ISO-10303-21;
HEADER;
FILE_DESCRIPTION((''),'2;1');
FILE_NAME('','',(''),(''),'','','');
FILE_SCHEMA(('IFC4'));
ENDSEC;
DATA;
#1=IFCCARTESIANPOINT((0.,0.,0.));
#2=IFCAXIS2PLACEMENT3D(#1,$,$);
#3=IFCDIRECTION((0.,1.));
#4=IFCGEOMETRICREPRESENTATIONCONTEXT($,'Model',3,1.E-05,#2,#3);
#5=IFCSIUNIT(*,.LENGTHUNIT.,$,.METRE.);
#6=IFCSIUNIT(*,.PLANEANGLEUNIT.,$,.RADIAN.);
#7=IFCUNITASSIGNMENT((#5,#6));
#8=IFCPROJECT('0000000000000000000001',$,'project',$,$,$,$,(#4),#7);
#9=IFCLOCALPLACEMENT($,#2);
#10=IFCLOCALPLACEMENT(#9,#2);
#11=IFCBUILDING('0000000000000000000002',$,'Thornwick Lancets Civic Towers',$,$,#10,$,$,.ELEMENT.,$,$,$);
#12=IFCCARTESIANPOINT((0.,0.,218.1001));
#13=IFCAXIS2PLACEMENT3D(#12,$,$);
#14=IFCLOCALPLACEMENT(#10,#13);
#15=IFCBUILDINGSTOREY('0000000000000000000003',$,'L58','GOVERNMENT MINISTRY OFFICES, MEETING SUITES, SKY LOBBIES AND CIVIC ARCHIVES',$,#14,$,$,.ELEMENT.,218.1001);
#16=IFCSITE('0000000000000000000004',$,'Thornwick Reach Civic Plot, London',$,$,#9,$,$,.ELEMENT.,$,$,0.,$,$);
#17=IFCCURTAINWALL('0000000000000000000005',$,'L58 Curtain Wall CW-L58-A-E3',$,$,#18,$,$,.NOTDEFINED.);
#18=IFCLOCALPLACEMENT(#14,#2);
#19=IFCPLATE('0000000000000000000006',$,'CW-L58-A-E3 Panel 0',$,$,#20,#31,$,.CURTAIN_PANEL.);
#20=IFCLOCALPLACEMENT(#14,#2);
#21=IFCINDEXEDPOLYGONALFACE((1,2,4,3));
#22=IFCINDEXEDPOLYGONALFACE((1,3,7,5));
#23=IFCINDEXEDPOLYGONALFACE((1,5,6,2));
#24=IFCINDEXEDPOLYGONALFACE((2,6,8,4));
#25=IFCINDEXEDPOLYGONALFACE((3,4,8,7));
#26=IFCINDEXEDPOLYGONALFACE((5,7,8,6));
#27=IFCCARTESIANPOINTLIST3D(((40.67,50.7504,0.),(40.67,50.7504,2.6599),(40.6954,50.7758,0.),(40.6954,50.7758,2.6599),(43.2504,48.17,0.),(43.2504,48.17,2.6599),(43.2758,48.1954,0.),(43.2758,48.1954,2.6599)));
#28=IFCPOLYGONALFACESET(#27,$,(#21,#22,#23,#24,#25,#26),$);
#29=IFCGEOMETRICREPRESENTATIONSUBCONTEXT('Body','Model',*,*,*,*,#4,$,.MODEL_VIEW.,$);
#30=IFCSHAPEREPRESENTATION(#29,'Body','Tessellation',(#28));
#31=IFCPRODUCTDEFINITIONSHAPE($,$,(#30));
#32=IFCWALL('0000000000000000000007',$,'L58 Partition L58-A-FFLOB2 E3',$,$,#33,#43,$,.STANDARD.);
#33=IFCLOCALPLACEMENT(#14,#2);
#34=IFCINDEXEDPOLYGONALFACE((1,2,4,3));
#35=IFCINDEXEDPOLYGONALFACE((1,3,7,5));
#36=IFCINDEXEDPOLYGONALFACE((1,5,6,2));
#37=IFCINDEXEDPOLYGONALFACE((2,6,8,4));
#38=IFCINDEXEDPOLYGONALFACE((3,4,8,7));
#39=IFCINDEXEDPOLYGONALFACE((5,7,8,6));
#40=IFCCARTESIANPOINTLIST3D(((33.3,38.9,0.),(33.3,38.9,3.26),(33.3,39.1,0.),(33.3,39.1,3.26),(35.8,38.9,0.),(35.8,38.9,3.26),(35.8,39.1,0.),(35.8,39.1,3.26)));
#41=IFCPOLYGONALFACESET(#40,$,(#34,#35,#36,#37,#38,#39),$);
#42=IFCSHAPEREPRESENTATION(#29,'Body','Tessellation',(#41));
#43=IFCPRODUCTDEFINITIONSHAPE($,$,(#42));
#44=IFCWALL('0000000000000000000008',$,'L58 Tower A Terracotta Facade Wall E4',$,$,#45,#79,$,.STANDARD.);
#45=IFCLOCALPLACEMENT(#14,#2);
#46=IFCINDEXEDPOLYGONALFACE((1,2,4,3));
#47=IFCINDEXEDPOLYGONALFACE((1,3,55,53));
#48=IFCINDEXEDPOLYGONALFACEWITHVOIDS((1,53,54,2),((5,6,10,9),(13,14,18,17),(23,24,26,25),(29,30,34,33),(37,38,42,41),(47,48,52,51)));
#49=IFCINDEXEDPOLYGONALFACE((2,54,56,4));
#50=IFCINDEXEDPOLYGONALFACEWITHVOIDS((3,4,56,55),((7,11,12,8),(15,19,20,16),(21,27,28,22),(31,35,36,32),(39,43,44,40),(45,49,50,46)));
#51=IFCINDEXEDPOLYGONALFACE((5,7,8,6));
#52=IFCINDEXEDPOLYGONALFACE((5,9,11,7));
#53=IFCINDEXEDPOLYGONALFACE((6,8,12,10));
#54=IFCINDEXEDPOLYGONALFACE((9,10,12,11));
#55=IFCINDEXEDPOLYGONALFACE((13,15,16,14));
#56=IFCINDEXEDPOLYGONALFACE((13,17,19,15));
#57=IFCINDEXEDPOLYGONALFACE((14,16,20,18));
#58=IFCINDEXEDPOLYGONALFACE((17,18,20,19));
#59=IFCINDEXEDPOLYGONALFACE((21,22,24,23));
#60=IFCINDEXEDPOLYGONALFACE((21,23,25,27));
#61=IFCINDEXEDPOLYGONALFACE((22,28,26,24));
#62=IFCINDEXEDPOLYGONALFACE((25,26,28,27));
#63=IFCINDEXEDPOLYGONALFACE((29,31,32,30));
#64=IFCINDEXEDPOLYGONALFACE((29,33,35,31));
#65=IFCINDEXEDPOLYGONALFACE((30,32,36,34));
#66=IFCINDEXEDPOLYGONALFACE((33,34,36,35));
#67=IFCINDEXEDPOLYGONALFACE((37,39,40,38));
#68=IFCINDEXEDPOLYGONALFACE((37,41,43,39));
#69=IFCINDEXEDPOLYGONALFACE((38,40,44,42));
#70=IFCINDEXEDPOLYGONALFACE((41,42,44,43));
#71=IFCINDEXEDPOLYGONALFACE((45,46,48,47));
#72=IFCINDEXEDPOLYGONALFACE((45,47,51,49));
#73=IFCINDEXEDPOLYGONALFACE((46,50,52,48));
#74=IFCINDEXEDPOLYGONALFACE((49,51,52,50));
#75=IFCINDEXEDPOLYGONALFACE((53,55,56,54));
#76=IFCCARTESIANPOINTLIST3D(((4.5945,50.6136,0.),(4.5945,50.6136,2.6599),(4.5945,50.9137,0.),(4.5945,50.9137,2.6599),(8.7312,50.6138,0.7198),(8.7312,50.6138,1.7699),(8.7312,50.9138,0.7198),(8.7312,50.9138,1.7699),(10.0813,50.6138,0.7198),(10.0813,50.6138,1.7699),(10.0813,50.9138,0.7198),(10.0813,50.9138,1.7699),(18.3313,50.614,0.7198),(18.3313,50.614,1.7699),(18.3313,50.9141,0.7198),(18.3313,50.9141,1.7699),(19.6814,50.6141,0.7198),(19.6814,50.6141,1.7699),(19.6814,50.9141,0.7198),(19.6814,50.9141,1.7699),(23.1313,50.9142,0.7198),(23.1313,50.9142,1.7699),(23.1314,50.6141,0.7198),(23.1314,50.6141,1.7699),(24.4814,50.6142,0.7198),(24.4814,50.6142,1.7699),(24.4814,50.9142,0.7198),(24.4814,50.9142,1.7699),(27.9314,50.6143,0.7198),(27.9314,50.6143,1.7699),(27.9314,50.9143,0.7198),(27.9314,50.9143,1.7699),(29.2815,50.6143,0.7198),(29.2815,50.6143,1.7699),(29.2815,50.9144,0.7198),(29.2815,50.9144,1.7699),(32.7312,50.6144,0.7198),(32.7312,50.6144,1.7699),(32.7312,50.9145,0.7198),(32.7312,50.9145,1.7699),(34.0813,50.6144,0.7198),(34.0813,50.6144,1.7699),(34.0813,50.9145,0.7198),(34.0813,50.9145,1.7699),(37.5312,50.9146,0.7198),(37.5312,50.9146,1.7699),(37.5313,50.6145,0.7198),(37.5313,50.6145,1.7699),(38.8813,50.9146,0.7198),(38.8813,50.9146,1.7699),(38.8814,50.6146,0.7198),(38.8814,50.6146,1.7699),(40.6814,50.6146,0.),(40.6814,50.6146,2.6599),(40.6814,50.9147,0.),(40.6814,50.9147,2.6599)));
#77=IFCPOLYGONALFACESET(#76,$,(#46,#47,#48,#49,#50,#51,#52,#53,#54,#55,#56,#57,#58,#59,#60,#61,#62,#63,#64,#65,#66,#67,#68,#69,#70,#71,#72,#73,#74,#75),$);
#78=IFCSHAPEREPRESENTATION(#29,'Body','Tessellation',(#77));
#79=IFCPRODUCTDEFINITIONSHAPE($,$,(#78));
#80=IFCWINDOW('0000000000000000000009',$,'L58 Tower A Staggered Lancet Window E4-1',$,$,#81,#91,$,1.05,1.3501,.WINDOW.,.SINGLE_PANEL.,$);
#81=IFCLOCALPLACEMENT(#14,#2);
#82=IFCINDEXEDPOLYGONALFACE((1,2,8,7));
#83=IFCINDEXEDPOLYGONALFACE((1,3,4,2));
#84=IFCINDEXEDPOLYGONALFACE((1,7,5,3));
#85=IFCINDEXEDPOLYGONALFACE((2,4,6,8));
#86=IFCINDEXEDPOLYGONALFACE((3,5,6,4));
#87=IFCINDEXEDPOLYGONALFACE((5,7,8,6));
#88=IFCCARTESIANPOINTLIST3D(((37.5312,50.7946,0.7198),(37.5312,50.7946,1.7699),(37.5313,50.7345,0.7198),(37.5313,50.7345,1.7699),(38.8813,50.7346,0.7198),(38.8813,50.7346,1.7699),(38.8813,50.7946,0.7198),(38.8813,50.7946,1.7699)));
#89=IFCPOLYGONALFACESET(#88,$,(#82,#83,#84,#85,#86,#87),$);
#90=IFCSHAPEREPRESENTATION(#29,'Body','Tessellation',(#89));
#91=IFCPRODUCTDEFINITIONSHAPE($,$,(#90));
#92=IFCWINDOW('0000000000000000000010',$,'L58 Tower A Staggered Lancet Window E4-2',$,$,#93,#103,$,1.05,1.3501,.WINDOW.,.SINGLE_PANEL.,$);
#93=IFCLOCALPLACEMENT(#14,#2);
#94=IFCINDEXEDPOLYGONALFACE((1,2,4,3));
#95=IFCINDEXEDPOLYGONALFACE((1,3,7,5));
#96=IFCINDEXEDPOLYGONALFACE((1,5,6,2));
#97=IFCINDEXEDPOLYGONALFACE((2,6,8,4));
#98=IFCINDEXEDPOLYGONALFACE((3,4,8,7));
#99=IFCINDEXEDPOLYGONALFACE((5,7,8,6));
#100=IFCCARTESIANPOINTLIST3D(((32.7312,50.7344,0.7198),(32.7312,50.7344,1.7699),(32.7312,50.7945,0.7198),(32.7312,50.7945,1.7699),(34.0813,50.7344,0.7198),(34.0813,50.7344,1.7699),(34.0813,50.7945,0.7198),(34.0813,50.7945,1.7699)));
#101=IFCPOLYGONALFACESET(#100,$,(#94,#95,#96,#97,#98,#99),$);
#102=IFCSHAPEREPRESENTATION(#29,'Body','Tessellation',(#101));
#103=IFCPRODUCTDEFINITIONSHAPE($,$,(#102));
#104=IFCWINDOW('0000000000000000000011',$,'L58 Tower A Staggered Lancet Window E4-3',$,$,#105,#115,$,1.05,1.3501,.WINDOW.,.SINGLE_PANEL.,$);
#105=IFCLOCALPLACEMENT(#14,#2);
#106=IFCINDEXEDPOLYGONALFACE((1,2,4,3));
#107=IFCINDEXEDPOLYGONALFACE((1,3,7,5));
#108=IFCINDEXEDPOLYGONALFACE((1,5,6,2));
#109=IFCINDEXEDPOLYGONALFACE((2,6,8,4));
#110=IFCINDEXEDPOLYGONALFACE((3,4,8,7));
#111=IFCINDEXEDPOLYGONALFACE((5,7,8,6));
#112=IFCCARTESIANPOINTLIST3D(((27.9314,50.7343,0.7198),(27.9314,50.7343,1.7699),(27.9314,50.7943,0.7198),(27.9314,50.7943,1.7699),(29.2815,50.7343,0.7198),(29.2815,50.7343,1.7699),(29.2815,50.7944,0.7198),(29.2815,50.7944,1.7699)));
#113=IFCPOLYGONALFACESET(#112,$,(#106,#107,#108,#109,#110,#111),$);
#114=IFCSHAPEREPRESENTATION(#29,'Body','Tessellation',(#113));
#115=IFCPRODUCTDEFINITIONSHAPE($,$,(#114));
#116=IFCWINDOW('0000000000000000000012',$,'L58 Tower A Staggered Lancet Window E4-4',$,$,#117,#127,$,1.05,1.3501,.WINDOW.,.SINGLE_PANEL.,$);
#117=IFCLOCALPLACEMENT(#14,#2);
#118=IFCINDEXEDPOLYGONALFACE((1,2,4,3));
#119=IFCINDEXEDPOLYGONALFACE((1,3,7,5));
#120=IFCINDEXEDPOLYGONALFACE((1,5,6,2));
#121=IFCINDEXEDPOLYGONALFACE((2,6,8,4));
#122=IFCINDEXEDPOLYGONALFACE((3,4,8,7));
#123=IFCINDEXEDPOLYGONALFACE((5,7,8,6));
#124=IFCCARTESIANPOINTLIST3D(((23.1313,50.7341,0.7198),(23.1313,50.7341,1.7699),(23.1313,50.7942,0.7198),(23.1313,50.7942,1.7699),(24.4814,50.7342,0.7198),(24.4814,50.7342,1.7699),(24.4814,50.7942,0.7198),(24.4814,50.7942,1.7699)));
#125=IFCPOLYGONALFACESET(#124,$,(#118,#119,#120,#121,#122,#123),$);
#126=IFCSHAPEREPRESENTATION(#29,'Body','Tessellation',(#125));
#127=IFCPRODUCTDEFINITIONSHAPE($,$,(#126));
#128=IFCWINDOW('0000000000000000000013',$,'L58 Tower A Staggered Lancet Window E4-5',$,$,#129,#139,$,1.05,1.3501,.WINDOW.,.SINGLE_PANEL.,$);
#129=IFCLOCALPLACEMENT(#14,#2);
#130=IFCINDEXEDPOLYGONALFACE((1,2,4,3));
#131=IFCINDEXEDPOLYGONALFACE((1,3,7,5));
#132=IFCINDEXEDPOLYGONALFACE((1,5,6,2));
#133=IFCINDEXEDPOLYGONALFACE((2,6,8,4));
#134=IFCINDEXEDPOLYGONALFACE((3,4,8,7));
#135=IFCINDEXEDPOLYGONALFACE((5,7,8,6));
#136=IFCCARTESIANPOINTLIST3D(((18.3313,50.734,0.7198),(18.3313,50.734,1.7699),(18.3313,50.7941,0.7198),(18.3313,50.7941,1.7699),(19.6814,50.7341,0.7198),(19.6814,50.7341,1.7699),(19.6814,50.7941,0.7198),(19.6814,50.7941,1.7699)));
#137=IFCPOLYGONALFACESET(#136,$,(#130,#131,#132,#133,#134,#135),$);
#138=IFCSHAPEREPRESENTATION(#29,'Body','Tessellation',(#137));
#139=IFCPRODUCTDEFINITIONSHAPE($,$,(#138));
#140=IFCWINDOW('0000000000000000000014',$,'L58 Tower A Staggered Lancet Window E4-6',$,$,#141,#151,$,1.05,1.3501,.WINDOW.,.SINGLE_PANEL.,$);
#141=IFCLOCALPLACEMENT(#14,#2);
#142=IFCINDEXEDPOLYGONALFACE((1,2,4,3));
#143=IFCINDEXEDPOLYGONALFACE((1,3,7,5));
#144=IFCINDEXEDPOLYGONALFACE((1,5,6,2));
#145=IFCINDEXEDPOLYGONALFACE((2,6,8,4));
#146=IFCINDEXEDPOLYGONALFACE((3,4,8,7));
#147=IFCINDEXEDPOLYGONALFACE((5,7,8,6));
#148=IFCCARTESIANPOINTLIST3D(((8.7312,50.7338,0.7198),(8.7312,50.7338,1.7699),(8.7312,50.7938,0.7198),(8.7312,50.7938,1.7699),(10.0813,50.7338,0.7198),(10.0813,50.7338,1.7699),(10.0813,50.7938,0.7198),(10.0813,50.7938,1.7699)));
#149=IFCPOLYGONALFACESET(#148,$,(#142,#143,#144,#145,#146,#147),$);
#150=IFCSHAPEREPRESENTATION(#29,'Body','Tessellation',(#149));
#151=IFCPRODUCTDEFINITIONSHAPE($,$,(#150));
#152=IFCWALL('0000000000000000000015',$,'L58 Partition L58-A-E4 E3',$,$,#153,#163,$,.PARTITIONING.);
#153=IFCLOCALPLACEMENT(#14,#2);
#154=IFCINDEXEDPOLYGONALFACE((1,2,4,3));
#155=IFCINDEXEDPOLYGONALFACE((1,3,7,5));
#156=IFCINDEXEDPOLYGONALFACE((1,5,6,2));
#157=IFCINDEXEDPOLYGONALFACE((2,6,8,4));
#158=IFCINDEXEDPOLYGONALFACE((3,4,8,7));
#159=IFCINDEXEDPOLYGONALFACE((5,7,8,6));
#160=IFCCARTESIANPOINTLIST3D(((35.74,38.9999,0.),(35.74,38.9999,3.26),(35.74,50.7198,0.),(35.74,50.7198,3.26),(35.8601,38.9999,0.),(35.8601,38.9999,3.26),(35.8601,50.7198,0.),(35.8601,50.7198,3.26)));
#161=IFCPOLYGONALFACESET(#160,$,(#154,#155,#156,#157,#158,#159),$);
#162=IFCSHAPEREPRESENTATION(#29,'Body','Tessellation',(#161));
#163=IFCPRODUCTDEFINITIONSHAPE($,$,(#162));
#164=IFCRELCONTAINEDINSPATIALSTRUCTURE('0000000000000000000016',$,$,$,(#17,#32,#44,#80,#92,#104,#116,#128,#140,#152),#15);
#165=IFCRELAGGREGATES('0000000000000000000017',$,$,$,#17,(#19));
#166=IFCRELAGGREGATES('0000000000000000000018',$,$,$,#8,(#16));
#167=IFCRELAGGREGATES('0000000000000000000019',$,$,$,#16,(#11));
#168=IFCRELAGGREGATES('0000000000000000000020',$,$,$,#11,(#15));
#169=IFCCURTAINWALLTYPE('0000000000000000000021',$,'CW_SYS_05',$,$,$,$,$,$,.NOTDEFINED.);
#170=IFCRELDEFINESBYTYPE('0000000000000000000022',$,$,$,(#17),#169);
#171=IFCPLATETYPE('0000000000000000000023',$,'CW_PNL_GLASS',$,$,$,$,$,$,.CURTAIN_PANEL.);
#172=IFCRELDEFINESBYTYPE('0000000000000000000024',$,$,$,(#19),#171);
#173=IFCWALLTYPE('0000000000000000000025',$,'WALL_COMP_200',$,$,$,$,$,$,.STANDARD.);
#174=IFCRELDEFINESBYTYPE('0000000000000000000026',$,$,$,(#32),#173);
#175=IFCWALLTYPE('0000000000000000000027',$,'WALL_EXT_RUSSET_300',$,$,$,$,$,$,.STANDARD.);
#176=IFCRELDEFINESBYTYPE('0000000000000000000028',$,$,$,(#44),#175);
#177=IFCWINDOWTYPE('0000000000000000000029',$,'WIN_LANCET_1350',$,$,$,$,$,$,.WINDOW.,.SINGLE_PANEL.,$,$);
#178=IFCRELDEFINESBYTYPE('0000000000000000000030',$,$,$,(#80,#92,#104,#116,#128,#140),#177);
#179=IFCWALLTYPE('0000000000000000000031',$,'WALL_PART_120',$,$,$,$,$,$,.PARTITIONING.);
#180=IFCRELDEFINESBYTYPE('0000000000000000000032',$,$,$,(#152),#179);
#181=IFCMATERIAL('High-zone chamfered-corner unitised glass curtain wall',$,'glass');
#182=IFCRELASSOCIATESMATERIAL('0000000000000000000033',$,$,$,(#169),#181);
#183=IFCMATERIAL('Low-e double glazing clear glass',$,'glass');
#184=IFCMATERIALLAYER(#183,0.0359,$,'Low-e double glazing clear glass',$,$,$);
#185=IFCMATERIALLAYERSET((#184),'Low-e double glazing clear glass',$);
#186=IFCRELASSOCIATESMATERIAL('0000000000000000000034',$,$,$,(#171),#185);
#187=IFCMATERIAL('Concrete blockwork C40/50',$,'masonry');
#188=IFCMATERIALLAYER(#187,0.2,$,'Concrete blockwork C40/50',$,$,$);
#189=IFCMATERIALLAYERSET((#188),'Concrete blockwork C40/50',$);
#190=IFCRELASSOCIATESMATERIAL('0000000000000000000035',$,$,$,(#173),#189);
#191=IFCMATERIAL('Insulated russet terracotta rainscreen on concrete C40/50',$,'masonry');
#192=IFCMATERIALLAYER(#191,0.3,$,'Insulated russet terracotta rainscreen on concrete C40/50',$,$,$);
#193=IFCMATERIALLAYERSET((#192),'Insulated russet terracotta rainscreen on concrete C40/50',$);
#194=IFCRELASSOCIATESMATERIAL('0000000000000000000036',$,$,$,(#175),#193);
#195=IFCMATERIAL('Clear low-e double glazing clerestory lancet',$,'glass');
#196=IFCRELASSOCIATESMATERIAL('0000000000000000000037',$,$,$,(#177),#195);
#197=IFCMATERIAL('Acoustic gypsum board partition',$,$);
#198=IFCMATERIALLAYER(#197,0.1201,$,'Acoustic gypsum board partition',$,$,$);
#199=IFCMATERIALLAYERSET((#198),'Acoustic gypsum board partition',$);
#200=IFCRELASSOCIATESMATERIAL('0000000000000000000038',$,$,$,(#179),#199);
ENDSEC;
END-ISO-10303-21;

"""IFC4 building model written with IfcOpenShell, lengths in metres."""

from ifc_helpers import new_model, si_unit, direction, frame, frame_2d, origin, origin_2d, place, context, subcontext, project, spatial, rectangle, extrude, material, layer, layer_set, type_object, element, fill, aggregate, save


model = new_model("IFC4")

# Units and contexts
model_context = context("Model", 3, precision=1e-05, world=origin(), true_north=direction((0.0, 1.0)))
body_context = subcontext(model_context, "Body", "Model", "MODEL_VIEW")
ifc_project = project(units=[si_unit("LENGTHUNIT", "METRE"), si_unit("PLANEANGLEUNIT", "RADIAN")], contexts=[model_context])

# Site, building, storey
site_placement = place(None, origin())
site = spatial("IfcSite", under=ifc_project, at=site_placement, Name="Thornwick Reach Civic Plot, London", CompositionType="ELEMENT", RefElevation=0.0)
building_placement = place(site_placement, origin())
building = spatial("IfcBuilding", under=site, at=building_placement, Name="Thornwick Lancets Civic Towers", CompositionType="ELEMENT")
storey_placement = place(building_placement, frame((0.0, 0.0, 218.1001)))
storey = spatial("IfcBuildingStorey", under=building, at=storey_placement, Name="L58", Description="GOVERNMENT MINISTRY OFFICES, MEETING SUITES, SKY LOBBIES AND CIVIC ARCHIVES", CompositionType="ELEMENT", Elevation=218.1001)

# Curtain wall, plate
ifc_material_1 = material(Name="High-zone chamfered-corner unitised glass curtain wall", Category="glass")
curtain_wall_type = type_object("IfcCurtainWallType", Name="CW_SYS_05", PredefinedType="NOTDEFINED", material=ifc_material_1)
curtain_wall_placement = place(storey_placement, origin())
curtain_wall = element("IfcCurtainWall", 1, at=curtain_wall_placement, inside=storey, type_object=curtain_wall_type, Name="L58 Curtain Wall CW-L58-A-E3", PredefinedType="NOTDEFINED")
ifc_material_2 = material(Name="Low-e double glazing clear glass", Category="glass")
ifc_layer_1 = layer(ifc_material_2, 0.0359, Name="Low-e double glazing clear glass")
ifc_layer_set_1 = layer_set([ifc_layer_1], Name="Low-e double glazing clear glass")
plate_type = type_object("IfcPlateType", Name="CW_PNL_GLASS", PredefinedType="CURTAIN_PANEL", material=ifc_layer_set_1)
plate_placement = place(storey_placement, frame((41.9729, 49.4729, 0.0), z_axis=(0.0, 0.0, 1.0), x_axis=(-0.707107, 0.707107, 0.0)))
plate = element("IfcPlate", 2, at=plate_placement, type_object=plate_type, Name="CW-L58-A-E3 Panel 0", PredefinedType="CURTAIN_PANEL", context=body_context, shape_type="SweptSolid", body=[
    extrude(rectangle(XDim=3.6492, YDim=0.0359, at=origin_2d()), origin(), (0.0, 0.0, 1.0), 2.6599),
])
aggregate(curtain_wall, [plate])

# Wall
ifc_material_3 = material(Name="Concrete blockwork C40/50", Category="masonry")
ifc_layer_2 = layer(ifc_material_3, 0.2, Name="Concrete blockwork C40/50")
ifc_layer_set_2 = layer_set([ifc_layer_2], Name="Concrete blockwork C40/50")
wall_type_1 = type_object("IfcWallType", Name="WALL_COMP_200", PredefinedType="STANDARD", material=ifc_layer_set_2)
wall_1_placement = place(storey_placement, frame((35.8, 39.0, 0.0), z_axis=(0.0, 0.0, 1.0), x_axis=(-1.0, 0.0, 0.0)))
element("IfcWall", 3, at=wall_1_placement, inside=storey, type_object=wall_type_1, Name="L58 Partition L58-A-FFLOB2 E3", PredefinedType="STANDARD", context=body_context, shape_type="SweptSolid", body=[
    extrude(rectangle(XDim=2.5, YDim=0.2, at=frame_2d((1.25, 0.0))), origin(), (0.0, 0.0, 1.0), 3.26),
])

# Wall, openings, windows
ifc_material_4 = material(Name="Insulated russet terracotta rainscreen on concrete C40/50", Category="masonry")
ifc_layer_3 = layer(ifc_material_4, 0.3, Name="Insulated russet terracotta rainscreen on concrete C40/50")
ifc_layer_set_3 = layer_set([ifc_layer_3], Name="Insulated russet terracotta rainscreen on concrete C40/50")
wall_type_2 = type_object("IfcWallType", Name="WALL_EXT_RUSSET_300", PredefinedType="STANDARD", material=ifc_layer_set_3)
wall_2_placement = place(storey_placement, frame((40.6814, 50.7646, 0.0), z_axis=(0.0, 0.0, 1.0), x_axis=(-1.0, -0.000027, 0.0)))
wall_2 = element("IfcWall", 4, at=wall_2_placement, inside=storey, type_object=wall_type_2, Name="L58 Tower A Terracotta Facade Wall E4", PredefinedType="STANDARD", context=body_context, shape_type="SweptSolid", body=[
    extrude(rectangle(XDim=36.0869, YDim=0.3, at=frame_2d((18.0435, 0.0))), origin(), (0.0, 0.0, 1.0), 2.6599),
])
opening_1_placement = place(wall_2_placement, frame((1.8, 0.0, 0.72)))
opening_1 = element("IfcOpeningElement", 5, at=opening_1_placement, cuts=wall_2, PredefinedType="OPENING", context=body_context, shape_type="SweptSolid", body=[
    extrude(rectangle(XDim=1.3501, YDim=1.05, at=frame_2d((0.675, 0.5249))), frame((0.0, 0.1602, 0.0), z_axis=(0.0, -1.0, 0.0), x_axis=(1.0, 0.0, 0.0)), (0.0, 0.0, 1.0), 0.3201),
])
opening_2_placement = place(wall_2_placement, frame((6.6001, 0.0, 0.72)))
opening_2 = element("IfcOpeningElement", 6, at=opening_2_placement, cuts=wall_2, PredefinedType="OPENING", context=body_context, shape_type="SweptSolid", body=[
    extrude(rectangle(XDim=1.3501, YDim=1.05, at=frame_2d((0.675, 0.5249))), frame((0.0, 0.1602, 0.0), z_axis=(0.0, -1.0, 0.0), x_axis=(1.0, 0.0, 0.0)), (0.0, 0.0, 1.0), 0.3201),
])
opening_3_placement = place(wall_2_placement, frame((11.3999, 0.0, 0.72)))
opening_3 = element("IfcOpeningElement", 7, at=opening_3_placement, cuts=wall_2, PredefinedType="OPENING", context=body_context, shape_type="SweptSolid", body=[
    extrude(rectangle(XDim=1.3501, YDim=1.05, at=frame_2d((0.675, 0.5249))), frame((0.0, 0.1602, 0.0), z_axis=(0.0, -1.0, 0.0), x_axis=(1.0, 0.0, 0.0)), (0.0, 0.0, 1.0), 0.3201),
])
opening_4_placement = place(wall_2_placement, frame((16.2, 0.0, 0.72)))
opening_4 = element("IfcOpeningElement", 8, at=opening_4_placement, cuts=wall_2, PredefinedType="OPENING", context=body_context, shape_type="SweptSolid", body=[
    extrude(rectangle(XDim=1.3501, YDim=1.05, at=frame_2d((0.675, 0.5249))), frame((0.0, 0.1602, 0.0), z_axis=(0.0, -1.0, 0.0), x_axis=(1.0, 0.0, 0.0)), (0.0, 0.0, 1.0), 0.3201),
])
opening_5_placement = place(wall_2_placement, frame((21.0, 0.0, 0.72)))
opening_5 = element("IfcOpeningElement", 9, at=opening_5_placement, cuts=wall_2, PredefinedType="OPENING", context=body_context, shape_type="SweptSolid", body=[
    extrude(rectangle(XDim=1.3501, YDim=1.05, at=frame_2d((0.675, 0.5249))), frame((0.0, 0.1602, 0.0), z_axis=(0.0, -1.0, 0.0), x_axis=(1.0, 0.0, 0.0)), (0.0, 0.0, 1.0), 0.3201),
])
opening_6_placement = place(wall_2_placement, frame((30.6001, 0.0, 0.72)))
opening_6 = element("IfcOpeningElement", 10, at=opening_6_placement, cuts=wall_2, PredefinedType="OPENING", context=body_context, shape_type="SweptSolid", body=[
    extrude(rectangle(XDim=1.3501, YDim=1.05, at=frame_2d((0.675, 0.5249))), frame((0.0, 0.1602, 0.0), z_axis=(0.0, -1.0, 0.0), x_axis=(1.0, 0.0, 0.0)), (0.0, 0.0, 1.0), 0.3201),
])
ifc_material_5 = material(Name="Clear low-e double glazing clerestory lancet", Category="glass")
window_type = type_object("IfcWindowType", Name="WIN_LANCET_1350", PartitioningType="SINGLE_PANEL", PredefinedType="WINDOW", material=ifc_material_5)
window_1_placement = place(opening_1_placement, origin())
window_1 = element("IfcWindow", 11, at=window_1_placement, inside=storey, type_object=window_type, Name="L58 Tower A Staggered Lancet Window E4-1", OverallHeight=1.05, OverallWidth=1.3501, PartitioningType="SINGLE_PANEL", PredefinedType="WINDOW", context=body_context, shape_type="SweptSolid", body=[
    extrude(rectangle(XDim=1.3501, YDim=1.05, at=frame_2d((0.675, 0.5249))), frame((0.0, 0.03, 0.0), z_axis=(0.0, -1.0, 0.0), x_axis=(1.0, 0.0, 0.0)), (0.0, 0.0, 1.0), 0.0601),
])
fill(opening_1, window_1)
window_2_placement = place(opening_2_placement, origin())
window_2 = element("IfcWindow", 12, at=window_2_placement, inside=storey, type_object=window_type, Name="L58 Tower A Staggered Lancet Window E4-2", OverallHeight=1.05, OverallWidth=1.3501, PartitioningType="SINGLE_PANEL", PredefinedType="WINDOW", context=body_context, shape_type="SweptSolid", body=[
    extrude(rectangle(XDim=1.3501, YDim=1.05, at=frame_2d((0.675, 0.5249))), frame((0.0, 0.03, 0.0), z_axis=(0.0, -1.0, 0.0), x_axis=(1.0, 0.0, 0.0)), (0.0, 0.0, 1.0), 0.0601),
])
fill(opening_2, window_2)
window_3_placement = place(opening_3_placement, origin())
window_3 = element("IfcWindow", 13, at=window_3_placement, inside=storey, type_object=window_type, Name="L58 Tower A Staggered Lancet Window E4-3", OverallHeight=1.05, OverallWidth=1.3501, PartitioningType="SINGLE_PANEL", PredefinedType="WINDOW", context=body_context, shape_type="SweptSolid", body=[
    extrude(rectangle(XDim=1.3501, YDim=1.05, at=frame_2d((0.675, 0.5249))), frame((0.0, 0.03, 0.0), z_axis=(0.0, -1.0, 0.0), x_axis=(1.0, 0.0, 0.0)), (0.0, 0.0, 1.0), 0.0601),
])
fill(opening_3, window_3)
window_4_placement = place(opening_4_placement, origin())
window_4 = element("IfcWindow", 14, at=window_4_placement, inside=storey, type_object=window_type, Name="L58 Tower A Staggered Lancet Window E4-4", OverallHeight=1.05, OverallWidth=1.3501, PartitioningType="SINGLE_PANEL", PredefinedType="WINDOW", context=body_context, shape_type="SweptSolid", body=[
    extrude(rectangle(XDim=1.3501, YDim=1.05, at=frame_2d((0.675, 0.5249))), frame((0.0, 0.03, 0.0), z_axis=(0.0, -1.0, 0.0), x_axis=(1.0, 0.0, 0.0)), (0.0, 0.0, 1.0), 0.0601),
])
fill(opening_4, window_4)
window_5_placement = place(opening_5_placement, origin())
window_5 = element("IfcWindow", 15, at=window_5_placement, inside=storey, type_object=window_type, Name="L58 Tower A Staggered Lancet Window E4-5", OverallHeight=1.05, OverallWidth=1.3501, PartitioningType="SINGLE_PANEL", PredefinedType="WINDOW", context=body_context, shape_type="SweptSolid", body=[
    extrude(rectangle(XDim=1.3501, YDim=1.05, at=frame_2d((0.675, 0.5249))), frame((0.0, 0.03, 0.0), z_axis=(0.0, -1.0, 0.0), x_axis=(1.0, 0.0, 0.0)), (0.0, 0.0, 1.0), 0.0601),
])
fill(opening_5, window_5)
window_6_placement = place(opening_6_placement, origin())
window_6 = element("IfcWindow", 16, at=window_6_placement, inside=storey, type_object=window_type, Name="L58 Tower A Staggered Lancet Window E4-6", OverallHeight=1.05, OverallWidth=1.3501, PartitioningType="SINGLE_PANEL", PredefinedType="WINDOW", context=body_context, shape_type="SweptSolid", body=[
    extrude(rectangle(XDim=1.3501, YDim=1.05, at=frame_2d((0.675, 0.5249))), frame((0.0, 0.03, 0.0), z_axis=(0.0, -1.0, 0.0), x_axis=(1.0, 0.0, 0.0)), (0.0, 0.0, 1.0), 0.0601),
])
fill(opening_6, window_6)

# Wall
ifc_material_6 = material(Name="Acoustic gypsum board partition")
ifc_layer_4 = layer(ifc_material_6, 0.1201, Name="Acoustic gypsum board partition")
ifc_layer_set_4 = layer_set([ifc_layer_4], Name="Acoustic gypsum board partition")
wall_type_3 = type_object("IfcWallType", Name="WALL_PART_120", PredefinedType="PARTITIONING", material=ifc_layer_set_4)
wall_3_placement = place(storey_placement, frame((35.8, 39.0, 0.0), z_axis=(0.0, 0.0, 1.0), x_axis=(0.0, 1.0, 0.0)))
element("IfcWall", 17, at=wall_3_placement, inside=storey, type_object=wall_type_3, Name="L58 Partition L58-A-E4 E3", PredefinedType="PARTITIONING", context=body_context, shape_type="SweptSolid", body=[
    extrude(rectangle(XDim=11.72, YDim=0.1201, at=frame_2d((5.8599, 0.0))), origin(), (0.0, 0.0, 1.0), 3.26),
])

save(model, "model.ifc")
